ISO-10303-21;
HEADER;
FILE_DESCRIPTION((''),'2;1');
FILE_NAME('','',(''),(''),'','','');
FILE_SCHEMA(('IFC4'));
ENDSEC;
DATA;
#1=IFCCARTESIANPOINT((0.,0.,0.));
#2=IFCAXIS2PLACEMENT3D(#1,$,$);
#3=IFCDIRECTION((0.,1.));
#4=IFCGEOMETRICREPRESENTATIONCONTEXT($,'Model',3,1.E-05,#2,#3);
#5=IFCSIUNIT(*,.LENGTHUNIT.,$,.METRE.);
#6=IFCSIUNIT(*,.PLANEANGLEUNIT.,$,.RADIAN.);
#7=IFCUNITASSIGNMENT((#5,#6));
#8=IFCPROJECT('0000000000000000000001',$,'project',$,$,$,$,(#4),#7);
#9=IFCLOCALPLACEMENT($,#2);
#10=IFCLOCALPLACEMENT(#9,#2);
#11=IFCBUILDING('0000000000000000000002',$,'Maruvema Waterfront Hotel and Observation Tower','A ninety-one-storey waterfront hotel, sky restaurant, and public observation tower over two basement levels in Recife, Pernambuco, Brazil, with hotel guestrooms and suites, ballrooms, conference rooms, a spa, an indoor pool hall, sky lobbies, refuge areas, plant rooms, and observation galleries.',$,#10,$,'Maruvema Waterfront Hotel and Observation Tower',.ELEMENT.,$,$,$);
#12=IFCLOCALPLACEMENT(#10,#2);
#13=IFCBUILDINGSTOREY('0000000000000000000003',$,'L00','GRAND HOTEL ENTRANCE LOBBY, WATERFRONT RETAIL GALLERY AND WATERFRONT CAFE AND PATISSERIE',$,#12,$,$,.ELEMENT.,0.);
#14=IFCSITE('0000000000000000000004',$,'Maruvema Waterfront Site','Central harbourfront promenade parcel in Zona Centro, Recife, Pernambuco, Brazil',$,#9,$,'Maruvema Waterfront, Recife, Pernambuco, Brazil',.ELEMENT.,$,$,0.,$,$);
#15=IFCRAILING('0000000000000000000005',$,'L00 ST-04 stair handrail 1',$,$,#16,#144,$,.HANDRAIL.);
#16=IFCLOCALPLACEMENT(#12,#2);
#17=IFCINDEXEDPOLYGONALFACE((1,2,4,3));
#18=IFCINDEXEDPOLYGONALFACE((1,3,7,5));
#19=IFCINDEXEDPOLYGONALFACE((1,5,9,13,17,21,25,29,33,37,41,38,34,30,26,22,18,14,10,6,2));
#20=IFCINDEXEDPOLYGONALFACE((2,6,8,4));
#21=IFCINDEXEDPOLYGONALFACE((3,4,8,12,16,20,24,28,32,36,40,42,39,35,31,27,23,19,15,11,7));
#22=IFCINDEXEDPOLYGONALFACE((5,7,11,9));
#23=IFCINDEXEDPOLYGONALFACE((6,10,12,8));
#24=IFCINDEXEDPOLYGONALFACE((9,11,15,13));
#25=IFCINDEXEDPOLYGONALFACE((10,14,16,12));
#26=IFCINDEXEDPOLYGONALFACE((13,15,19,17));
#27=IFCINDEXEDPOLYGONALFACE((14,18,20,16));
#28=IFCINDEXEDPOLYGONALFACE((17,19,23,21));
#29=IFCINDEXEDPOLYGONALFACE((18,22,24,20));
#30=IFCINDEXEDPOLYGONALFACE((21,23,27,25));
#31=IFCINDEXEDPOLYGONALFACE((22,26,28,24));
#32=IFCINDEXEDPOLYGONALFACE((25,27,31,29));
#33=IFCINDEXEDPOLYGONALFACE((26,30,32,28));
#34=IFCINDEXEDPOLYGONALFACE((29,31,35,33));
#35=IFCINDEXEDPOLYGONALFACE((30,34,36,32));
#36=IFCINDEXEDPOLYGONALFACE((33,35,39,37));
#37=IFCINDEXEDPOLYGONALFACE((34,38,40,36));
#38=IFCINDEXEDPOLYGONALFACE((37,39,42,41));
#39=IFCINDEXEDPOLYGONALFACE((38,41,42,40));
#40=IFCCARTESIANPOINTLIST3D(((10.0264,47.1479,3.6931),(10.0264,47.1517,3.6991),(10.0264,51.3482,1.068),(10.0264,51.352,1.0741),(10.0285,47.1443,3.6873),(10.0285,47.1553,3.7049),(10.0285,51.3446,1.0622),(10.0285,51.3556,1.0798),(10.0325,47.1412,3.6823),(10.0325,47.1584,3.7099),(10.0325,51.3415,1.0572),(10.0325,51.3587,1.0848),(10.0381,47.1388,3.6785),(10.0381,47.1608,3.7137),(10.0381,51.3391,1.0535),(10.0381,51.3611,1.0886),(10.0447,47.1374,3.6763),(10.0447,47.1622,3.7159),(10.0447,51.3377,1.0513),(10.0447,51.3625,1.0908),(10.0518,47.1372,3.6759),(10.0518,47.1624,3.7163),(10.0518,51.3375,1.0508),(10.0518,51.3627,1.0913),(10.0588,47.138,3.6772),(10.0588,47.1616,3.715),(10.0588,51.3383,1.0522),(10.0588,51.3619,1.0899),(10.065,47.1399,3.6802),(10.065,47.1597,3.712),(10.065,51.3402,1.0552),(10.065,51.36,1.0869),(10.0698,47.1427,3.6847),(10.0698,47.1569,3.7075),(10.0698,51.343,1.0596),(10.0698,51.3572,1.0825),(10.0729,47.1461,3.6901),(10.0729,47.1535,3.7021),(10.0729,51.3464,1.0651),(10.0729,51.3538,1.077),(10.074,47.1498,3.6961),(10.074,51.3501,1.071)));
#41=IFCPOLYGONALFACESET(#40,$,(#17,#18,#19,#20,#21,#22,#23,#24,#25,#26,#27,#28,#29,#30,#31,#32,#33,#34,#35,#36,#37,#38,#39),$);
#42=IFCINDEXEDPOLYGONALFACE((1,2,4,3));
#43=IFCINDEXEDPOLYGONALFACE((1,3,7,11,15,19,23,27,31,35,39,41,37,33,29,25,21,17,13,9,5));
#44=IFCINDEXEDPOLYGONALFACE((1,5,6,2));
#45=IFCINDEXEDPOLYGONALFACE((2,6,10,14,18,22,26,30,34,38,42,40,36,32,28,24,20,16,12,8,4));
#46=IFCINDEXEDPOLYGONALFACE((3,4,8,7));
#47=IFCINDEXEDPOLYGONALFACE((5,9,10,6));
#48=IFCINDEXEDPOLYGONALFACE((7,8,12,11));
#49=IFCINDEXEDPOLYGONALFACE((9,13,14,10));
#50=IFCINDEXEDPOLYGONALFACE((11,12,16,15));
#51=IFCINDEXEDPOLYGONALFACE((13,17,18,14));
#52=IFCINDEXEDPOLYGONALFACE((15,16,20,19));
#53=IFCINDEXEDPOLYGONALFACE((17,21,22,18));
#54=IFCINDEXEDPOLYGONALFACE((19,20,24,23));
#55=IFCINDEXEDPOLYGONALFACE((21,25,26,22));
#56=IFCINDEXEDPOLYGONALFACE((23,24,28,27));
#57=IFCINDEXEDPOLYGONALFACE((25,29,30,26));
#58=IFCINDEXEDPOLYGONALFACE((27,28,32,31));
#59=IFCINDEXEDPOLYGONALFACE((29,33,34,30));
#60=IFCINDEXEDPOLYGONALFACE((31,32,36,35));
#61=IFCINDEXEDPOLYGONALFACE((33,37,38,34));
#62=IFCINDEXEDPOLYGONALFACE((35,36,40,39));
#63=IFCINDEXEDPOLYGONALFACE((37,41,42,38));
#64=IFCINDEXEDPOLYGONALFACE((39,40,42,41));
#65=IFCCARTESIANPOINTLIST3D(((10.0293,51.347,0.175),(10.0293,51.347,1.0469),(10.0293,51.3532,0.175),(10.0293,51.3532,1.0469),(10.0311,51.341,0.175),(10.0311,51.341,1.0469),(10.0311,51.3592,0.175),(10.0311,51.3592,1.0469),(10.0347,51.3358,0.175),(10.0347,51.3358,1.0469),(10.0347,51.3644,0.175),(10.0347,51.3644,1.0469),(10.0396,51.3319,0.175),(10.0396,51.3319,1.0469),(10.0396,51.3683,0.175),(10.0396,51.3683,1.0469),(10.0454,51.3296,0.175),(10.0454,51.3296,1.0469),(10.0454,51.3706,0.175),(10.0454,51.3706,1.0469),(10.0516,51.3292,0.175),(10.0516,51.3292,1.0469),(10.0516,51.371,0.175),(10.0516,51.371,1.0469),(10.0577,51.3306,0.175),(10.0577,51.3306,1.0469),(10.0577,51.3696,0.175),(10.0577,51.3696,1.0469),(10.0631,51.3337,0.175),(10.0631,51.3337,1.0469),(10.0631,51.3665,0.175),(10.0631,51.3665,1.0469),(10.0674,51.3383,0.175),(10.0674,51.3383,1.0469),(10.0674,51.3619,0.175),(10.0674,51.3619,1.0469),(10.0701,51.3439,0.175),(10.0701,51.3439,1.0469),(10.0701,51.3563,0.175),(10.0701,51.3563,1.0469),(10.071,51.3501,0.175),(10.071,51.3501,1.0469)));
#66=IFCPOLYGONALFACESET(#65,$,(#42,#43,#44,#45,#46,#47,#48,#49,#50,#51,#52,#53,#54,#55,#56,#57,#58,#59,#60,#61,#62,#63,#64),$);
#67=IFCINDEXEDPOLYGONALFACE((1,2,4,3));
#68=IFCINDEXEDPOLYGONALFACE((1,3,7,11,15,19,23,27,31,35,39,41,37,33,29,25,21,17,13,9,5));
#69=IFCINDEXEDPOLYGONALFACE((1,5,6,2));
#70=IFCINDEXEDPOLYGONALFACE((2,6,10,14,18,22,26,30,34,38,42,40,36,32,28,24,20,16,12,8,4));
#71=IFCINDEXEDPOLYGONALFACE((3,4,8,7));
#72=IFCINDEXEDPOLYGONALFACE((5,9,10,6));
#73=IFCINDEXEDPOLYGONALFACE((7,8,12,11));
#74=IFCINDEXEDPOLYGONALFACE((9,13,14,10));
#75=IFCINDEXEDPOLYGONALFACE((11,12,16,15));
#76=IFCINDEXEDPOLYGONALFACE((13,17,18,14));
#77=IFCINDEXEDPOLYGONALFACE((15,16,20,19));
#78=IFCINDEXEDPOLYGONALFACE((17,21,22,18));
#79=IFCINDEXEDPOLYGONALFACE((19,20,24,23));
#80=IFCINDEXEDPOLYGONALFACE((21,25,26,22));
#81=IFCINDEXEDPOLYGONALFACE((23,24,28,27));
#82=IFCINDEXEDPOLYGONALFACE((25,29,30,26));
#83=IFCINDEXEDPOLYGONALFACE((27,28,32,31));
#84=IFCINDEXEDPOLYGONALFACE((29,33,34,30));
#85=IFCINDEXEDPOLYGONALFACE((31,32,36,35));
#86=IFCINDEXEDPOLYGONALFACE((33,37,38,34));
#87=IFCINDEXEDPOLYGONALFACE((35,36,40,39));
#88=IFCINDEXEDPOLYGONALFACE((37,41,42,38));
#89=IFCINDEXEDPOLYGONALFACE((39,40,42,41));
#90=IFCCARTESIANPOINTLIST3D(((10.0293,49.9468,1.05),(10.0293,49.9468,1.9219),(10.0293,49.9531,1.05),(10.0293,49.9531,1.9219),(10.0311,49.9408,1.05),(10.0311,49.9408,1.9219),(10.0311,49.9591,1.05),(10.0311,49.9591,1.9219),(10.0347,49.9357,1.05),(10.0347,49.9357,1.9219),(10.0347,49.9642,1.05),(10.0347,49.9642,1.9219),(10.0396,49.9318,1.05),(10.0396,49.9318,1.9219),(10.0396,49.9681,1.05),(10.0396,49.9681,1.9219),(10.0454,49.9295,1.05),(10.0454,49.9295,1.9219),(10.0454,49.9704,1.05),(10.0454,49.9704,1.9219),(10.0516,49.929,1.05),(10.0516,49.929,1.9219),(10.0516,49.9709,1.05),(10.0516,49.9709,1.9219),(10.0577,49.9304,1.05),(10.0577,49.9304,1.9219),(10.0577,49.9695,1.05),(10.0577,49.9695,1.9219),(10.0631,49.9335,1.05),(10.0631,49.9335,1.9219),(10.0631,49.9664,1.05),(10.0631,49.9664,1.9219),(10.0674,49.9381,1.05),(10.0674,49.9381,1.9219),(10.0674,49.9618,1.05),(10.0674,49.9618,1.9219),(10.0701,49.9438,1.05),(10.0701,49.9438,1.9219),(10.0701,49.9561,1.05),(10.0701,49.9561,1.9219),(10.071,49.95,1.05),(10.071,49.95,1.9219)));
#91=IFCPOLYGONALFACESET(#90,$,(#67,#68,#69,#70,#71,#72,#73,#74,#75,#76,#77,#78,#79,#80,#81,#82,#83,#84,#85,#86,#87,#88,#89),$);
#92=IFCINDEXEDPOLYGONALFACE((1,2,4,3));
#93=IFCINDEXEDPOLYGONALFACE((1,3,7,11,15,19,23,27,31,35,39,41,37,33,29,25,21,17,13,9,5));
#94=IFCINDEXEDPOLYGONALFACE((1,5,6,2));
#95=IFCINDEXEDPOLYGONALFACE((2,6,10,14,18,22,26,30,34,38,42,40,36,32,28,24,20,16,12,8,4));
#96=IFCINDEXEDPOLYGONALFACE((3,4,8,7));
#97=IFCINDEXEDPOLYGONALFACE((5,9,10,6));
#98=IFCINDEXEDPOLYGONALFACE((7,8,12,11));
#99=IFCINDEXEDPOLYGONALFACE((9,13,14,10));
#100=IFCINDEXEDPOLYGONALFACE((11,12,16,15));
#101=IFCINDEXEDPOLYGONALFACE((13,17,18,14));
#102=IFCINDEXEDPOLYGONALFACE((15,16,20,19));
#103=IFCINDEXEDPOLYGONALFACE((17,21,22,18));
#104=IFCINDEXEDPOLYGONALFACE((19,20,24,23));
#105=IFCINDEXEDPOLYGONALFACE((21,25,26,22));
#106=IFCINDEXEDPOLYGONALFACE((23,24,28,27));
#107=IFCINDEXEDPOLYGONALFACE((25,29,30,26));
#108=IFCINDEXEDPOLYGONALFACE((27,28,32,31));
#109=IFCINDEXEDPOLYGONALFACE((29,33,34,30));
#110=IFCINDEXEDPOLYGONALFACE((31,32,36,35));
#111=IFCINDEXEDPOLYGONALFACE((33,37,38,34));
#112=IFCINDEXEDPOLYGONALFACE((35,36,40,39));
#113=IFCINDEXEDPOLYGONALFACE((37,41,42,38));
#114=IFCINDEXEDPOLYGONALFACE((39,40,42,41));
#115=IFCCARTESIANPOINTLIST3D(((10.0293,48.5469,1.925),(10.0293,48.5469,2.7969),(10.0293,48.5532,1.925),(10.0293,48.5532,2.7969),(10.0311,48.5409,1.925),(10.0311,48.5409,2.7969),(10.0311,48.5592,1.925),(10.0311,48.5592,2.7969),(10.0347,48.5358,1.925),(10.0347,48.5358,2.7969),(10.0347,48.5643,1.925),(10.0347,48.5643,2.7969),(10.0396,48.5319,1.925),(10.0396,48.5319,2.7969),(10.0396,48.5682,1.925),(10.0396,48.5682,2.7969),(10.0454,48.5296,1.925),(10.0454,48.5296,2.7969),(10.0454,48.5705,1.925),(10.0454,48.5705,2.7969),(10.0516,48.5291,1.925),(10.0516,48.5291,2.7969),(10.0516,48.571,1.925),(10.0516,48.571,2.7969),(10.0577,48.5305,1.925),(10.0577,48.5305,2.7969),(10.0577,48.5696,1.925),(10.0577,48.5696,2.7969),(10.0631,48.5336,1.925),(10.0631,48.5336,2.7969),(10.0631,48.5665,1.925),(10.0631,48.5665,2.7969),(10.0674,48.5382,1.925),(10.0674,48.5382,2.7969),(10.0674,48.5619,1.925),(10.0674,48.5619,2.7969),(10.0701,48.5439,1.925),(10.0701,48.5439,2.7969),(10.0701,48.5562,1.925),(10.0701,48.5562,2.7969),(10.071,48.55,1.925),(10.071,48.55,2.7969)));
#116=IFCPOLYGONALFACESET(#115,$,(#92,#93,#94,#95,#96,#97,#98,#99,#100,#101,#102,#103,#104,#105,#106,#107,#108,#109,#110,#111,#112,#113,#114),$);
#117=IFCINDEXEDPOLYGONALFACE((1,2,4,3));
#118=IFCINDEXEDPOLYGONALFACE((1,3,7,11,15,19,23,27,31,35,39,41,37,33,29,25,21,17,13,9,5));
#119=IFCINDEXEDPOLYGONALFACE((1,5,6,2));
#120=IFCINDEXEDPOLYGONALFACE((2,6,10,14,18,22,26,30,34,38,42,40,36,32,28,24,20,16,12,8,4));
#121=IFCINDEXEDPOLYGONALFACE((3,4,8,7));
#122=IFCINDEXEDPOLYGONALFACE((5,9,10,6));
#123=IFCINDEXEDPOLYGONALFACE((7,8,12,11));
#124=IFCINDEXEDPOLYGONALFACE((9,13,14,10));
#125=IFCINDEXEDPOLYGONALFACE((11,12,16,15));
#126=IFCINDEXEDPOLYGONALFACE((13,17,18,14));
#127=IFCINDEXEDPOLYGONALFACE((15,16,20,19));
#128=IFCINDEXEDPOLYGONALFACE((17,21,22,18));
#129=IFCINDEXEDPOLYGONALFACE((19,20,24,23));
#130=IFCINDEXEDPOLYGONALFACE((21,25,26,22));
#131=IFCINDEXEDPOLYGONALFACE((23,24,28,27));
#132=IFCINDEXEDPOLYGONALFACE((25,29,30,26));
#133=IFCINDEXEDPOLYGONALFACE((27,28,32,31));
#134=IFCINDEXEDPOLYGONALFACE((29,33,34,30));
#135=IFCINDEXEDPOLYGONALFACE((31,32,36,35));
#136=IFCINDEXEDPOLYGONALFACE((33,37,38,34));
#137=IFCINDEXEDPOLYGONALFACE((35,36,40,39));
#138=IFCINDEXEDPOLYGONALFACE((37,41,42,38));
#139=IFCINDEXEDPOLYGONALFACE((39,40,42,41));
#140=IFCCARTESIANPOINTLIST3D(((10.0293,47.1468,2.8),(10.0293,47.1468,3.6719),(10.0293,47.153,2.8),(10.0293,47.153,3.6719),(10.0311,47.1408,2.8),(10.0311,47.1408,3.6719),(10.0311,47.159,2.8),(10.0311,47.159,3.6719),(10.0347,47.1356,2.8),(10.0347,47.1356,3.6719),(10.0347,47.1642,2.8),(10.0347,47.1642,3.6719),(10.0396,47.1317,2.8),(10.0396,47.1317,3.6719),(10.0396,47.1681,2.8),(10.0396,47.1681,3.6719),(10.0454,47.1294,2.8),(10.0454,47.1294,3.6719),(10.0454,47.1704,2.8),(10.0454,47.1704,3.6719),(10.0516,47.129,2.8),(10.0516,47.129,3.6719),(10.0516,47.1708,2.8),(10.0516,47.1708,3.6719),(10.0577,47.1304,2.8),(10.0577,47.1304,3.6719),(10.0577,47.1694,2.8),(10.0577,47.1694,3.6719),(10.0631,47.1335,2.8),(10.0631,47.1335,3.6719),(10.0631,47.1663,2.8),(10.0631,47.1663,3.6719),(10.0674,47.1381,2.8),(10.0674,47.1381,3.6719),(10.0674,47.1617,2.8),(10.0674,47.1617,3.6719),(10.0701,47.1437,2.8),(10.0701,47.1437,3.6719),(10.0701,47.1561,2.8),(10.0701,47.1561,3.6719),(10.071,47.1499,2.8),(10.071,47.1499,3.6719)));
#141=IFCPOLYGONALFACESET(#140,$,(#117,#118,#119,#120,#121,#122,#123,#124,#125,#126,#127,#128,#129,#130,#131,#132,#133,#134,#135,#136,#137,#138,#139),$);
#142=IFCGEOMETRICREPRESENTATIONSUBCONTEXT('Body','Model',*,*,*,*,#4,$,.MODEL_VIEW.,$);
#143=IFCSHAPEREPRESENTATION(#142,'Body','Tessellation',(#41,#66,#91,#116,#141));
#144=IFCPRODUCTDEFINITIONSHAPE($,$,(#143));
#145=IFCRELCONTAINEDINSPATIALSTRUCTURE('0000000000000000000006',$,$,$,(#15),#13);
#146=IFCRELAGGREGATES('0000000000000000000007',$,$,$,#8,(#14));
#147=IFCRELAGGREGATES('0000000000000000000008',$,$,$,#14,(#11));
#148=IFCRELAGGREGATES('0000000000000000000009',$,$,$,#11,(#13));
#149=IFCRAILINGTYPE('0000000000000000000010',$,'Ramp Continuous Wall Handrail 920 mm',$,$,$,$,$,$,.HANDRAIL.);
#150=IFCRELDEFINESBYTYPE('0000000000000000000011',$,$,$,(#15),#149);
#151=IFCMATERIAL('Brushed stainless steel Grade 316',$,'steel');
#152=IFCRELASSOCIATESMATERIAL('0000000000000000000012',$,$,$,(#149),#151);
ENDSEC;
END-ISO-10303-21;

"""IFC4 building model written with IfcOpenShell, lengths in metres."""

from ifc_helpers import new_model, si_unit, direction, frame, origin, origin_2d, place, context, subcontext, project, spatial, circle, extrude, material, type_object, element, save


model = new_model("IFC4")

# Units and contexts
model_context = context("Model", 3, precision=1e-05, world=origin(), true_north=direction((0.0, 1.0)))
body_context = subcontext(model_context, "Body", "Model", "MODEL_VIEW")
ifc_project = project(units=[si_unit("LENGTHUNIT", "METRE"), si_unit("PLANEANGLEUNIT", "RADIAN")], contexts=[model_context])

# Site, building, storey
site_placement = place(None, origin())
site = spatial("IfcSite", under=ifc_project, at=site_placement, Name="Maruvema Waterfront Site", Description="Central harbourfront promenade parcel in Zona Centro, Recife, Pernambuco, Brazil", LongName="Maruvema Waterfront, Recife, Pernambuco, Brazil", CompositionType="ELEMENT", RefElevation=0.0)
building_placement = place(site_placement, origin())
building = spatial("IfcBuilding", under=site, at=building_placement, Name="Maruvema Waterfront Hotel and Observation Tower", Description="A ninety-one-storey waterfront hotel, sky restaurant, and public observation tower over two basement levels in Recife, Pernambuco, Brazil, with hotel guestrooms and suites, ballrooms, conference rooms, a spa, an indoor pool hall, sky lobbies, refuge areas, plant rooms, and observation galleries.", LongName="Maruvema Waterfront Hotel and Observation Tower", CompositionType="ELEMENT")
storey_placement = place(building_placement, origin())
storey = spatial("IfcBuildingStorey", under=building, at=storey_placement, Name="L00", Description="GRAND HOTEL ENTRANCE LOBBY, WATERFRONT RETAIL GALLERY AND WATERFRONT CAFE AND PATISSERIE", CompositionType="ELEMENT", Elevation=0.0)

# Railing
ifc_material_1 = material(Name="Brushed stainless steel Grade 316", Category="steel")
railing_type_1 = type_object("IfcRailingType", Name="Ramp Continuous Wall Handrail 920 mm", PredefinedType="HANDRAIL", material=ifc_material_1)
railing_1_placement = place(storey_placement, frame((10.05, 51.3501, 0.175)))
element("IfcRailing", 1, at=railing_1_placement, inside=storey, type_object=railing_type_1, Name="L00 ST-04 stair handrail 1", PredefinedType="HANDRAIL", context=body_context, shape_type="SweptSolid", body=[
    extrude(circle(Radius=0.0239, at=origin_2d()), frame((0.0, 0.0, 0.896), z_axis=(0.0, -0.848009, 0.529981), x_axis=(1.0, 0.0, 0.0)), (0.0, 0.0, 1.0), 4.9531),
    extrude(circle(Radius=0.021, at=origin_2d()), origin(), (0.0, 0.0, 1.0), 0.8718),
    extrude(circle(Radius=0.021, at=origin_2d()), frame((0.0, -1.4001, 0.875)), (0.0, 0.0, 1.0), 0.8718),
    extrude(circle(Radius=0.021, at=origin_2d()), frame((0.0, -2.8, 1.75)), (0.0, 0.0, 1.0), 0.8718),
    extrude(circle(Radius=0.021, at=origin_2d()), frame((0.0, -4.2002, 2.625)), (0.0, 0.0, 1.0), 0.8718),
])

save(model, "model.ifc")
